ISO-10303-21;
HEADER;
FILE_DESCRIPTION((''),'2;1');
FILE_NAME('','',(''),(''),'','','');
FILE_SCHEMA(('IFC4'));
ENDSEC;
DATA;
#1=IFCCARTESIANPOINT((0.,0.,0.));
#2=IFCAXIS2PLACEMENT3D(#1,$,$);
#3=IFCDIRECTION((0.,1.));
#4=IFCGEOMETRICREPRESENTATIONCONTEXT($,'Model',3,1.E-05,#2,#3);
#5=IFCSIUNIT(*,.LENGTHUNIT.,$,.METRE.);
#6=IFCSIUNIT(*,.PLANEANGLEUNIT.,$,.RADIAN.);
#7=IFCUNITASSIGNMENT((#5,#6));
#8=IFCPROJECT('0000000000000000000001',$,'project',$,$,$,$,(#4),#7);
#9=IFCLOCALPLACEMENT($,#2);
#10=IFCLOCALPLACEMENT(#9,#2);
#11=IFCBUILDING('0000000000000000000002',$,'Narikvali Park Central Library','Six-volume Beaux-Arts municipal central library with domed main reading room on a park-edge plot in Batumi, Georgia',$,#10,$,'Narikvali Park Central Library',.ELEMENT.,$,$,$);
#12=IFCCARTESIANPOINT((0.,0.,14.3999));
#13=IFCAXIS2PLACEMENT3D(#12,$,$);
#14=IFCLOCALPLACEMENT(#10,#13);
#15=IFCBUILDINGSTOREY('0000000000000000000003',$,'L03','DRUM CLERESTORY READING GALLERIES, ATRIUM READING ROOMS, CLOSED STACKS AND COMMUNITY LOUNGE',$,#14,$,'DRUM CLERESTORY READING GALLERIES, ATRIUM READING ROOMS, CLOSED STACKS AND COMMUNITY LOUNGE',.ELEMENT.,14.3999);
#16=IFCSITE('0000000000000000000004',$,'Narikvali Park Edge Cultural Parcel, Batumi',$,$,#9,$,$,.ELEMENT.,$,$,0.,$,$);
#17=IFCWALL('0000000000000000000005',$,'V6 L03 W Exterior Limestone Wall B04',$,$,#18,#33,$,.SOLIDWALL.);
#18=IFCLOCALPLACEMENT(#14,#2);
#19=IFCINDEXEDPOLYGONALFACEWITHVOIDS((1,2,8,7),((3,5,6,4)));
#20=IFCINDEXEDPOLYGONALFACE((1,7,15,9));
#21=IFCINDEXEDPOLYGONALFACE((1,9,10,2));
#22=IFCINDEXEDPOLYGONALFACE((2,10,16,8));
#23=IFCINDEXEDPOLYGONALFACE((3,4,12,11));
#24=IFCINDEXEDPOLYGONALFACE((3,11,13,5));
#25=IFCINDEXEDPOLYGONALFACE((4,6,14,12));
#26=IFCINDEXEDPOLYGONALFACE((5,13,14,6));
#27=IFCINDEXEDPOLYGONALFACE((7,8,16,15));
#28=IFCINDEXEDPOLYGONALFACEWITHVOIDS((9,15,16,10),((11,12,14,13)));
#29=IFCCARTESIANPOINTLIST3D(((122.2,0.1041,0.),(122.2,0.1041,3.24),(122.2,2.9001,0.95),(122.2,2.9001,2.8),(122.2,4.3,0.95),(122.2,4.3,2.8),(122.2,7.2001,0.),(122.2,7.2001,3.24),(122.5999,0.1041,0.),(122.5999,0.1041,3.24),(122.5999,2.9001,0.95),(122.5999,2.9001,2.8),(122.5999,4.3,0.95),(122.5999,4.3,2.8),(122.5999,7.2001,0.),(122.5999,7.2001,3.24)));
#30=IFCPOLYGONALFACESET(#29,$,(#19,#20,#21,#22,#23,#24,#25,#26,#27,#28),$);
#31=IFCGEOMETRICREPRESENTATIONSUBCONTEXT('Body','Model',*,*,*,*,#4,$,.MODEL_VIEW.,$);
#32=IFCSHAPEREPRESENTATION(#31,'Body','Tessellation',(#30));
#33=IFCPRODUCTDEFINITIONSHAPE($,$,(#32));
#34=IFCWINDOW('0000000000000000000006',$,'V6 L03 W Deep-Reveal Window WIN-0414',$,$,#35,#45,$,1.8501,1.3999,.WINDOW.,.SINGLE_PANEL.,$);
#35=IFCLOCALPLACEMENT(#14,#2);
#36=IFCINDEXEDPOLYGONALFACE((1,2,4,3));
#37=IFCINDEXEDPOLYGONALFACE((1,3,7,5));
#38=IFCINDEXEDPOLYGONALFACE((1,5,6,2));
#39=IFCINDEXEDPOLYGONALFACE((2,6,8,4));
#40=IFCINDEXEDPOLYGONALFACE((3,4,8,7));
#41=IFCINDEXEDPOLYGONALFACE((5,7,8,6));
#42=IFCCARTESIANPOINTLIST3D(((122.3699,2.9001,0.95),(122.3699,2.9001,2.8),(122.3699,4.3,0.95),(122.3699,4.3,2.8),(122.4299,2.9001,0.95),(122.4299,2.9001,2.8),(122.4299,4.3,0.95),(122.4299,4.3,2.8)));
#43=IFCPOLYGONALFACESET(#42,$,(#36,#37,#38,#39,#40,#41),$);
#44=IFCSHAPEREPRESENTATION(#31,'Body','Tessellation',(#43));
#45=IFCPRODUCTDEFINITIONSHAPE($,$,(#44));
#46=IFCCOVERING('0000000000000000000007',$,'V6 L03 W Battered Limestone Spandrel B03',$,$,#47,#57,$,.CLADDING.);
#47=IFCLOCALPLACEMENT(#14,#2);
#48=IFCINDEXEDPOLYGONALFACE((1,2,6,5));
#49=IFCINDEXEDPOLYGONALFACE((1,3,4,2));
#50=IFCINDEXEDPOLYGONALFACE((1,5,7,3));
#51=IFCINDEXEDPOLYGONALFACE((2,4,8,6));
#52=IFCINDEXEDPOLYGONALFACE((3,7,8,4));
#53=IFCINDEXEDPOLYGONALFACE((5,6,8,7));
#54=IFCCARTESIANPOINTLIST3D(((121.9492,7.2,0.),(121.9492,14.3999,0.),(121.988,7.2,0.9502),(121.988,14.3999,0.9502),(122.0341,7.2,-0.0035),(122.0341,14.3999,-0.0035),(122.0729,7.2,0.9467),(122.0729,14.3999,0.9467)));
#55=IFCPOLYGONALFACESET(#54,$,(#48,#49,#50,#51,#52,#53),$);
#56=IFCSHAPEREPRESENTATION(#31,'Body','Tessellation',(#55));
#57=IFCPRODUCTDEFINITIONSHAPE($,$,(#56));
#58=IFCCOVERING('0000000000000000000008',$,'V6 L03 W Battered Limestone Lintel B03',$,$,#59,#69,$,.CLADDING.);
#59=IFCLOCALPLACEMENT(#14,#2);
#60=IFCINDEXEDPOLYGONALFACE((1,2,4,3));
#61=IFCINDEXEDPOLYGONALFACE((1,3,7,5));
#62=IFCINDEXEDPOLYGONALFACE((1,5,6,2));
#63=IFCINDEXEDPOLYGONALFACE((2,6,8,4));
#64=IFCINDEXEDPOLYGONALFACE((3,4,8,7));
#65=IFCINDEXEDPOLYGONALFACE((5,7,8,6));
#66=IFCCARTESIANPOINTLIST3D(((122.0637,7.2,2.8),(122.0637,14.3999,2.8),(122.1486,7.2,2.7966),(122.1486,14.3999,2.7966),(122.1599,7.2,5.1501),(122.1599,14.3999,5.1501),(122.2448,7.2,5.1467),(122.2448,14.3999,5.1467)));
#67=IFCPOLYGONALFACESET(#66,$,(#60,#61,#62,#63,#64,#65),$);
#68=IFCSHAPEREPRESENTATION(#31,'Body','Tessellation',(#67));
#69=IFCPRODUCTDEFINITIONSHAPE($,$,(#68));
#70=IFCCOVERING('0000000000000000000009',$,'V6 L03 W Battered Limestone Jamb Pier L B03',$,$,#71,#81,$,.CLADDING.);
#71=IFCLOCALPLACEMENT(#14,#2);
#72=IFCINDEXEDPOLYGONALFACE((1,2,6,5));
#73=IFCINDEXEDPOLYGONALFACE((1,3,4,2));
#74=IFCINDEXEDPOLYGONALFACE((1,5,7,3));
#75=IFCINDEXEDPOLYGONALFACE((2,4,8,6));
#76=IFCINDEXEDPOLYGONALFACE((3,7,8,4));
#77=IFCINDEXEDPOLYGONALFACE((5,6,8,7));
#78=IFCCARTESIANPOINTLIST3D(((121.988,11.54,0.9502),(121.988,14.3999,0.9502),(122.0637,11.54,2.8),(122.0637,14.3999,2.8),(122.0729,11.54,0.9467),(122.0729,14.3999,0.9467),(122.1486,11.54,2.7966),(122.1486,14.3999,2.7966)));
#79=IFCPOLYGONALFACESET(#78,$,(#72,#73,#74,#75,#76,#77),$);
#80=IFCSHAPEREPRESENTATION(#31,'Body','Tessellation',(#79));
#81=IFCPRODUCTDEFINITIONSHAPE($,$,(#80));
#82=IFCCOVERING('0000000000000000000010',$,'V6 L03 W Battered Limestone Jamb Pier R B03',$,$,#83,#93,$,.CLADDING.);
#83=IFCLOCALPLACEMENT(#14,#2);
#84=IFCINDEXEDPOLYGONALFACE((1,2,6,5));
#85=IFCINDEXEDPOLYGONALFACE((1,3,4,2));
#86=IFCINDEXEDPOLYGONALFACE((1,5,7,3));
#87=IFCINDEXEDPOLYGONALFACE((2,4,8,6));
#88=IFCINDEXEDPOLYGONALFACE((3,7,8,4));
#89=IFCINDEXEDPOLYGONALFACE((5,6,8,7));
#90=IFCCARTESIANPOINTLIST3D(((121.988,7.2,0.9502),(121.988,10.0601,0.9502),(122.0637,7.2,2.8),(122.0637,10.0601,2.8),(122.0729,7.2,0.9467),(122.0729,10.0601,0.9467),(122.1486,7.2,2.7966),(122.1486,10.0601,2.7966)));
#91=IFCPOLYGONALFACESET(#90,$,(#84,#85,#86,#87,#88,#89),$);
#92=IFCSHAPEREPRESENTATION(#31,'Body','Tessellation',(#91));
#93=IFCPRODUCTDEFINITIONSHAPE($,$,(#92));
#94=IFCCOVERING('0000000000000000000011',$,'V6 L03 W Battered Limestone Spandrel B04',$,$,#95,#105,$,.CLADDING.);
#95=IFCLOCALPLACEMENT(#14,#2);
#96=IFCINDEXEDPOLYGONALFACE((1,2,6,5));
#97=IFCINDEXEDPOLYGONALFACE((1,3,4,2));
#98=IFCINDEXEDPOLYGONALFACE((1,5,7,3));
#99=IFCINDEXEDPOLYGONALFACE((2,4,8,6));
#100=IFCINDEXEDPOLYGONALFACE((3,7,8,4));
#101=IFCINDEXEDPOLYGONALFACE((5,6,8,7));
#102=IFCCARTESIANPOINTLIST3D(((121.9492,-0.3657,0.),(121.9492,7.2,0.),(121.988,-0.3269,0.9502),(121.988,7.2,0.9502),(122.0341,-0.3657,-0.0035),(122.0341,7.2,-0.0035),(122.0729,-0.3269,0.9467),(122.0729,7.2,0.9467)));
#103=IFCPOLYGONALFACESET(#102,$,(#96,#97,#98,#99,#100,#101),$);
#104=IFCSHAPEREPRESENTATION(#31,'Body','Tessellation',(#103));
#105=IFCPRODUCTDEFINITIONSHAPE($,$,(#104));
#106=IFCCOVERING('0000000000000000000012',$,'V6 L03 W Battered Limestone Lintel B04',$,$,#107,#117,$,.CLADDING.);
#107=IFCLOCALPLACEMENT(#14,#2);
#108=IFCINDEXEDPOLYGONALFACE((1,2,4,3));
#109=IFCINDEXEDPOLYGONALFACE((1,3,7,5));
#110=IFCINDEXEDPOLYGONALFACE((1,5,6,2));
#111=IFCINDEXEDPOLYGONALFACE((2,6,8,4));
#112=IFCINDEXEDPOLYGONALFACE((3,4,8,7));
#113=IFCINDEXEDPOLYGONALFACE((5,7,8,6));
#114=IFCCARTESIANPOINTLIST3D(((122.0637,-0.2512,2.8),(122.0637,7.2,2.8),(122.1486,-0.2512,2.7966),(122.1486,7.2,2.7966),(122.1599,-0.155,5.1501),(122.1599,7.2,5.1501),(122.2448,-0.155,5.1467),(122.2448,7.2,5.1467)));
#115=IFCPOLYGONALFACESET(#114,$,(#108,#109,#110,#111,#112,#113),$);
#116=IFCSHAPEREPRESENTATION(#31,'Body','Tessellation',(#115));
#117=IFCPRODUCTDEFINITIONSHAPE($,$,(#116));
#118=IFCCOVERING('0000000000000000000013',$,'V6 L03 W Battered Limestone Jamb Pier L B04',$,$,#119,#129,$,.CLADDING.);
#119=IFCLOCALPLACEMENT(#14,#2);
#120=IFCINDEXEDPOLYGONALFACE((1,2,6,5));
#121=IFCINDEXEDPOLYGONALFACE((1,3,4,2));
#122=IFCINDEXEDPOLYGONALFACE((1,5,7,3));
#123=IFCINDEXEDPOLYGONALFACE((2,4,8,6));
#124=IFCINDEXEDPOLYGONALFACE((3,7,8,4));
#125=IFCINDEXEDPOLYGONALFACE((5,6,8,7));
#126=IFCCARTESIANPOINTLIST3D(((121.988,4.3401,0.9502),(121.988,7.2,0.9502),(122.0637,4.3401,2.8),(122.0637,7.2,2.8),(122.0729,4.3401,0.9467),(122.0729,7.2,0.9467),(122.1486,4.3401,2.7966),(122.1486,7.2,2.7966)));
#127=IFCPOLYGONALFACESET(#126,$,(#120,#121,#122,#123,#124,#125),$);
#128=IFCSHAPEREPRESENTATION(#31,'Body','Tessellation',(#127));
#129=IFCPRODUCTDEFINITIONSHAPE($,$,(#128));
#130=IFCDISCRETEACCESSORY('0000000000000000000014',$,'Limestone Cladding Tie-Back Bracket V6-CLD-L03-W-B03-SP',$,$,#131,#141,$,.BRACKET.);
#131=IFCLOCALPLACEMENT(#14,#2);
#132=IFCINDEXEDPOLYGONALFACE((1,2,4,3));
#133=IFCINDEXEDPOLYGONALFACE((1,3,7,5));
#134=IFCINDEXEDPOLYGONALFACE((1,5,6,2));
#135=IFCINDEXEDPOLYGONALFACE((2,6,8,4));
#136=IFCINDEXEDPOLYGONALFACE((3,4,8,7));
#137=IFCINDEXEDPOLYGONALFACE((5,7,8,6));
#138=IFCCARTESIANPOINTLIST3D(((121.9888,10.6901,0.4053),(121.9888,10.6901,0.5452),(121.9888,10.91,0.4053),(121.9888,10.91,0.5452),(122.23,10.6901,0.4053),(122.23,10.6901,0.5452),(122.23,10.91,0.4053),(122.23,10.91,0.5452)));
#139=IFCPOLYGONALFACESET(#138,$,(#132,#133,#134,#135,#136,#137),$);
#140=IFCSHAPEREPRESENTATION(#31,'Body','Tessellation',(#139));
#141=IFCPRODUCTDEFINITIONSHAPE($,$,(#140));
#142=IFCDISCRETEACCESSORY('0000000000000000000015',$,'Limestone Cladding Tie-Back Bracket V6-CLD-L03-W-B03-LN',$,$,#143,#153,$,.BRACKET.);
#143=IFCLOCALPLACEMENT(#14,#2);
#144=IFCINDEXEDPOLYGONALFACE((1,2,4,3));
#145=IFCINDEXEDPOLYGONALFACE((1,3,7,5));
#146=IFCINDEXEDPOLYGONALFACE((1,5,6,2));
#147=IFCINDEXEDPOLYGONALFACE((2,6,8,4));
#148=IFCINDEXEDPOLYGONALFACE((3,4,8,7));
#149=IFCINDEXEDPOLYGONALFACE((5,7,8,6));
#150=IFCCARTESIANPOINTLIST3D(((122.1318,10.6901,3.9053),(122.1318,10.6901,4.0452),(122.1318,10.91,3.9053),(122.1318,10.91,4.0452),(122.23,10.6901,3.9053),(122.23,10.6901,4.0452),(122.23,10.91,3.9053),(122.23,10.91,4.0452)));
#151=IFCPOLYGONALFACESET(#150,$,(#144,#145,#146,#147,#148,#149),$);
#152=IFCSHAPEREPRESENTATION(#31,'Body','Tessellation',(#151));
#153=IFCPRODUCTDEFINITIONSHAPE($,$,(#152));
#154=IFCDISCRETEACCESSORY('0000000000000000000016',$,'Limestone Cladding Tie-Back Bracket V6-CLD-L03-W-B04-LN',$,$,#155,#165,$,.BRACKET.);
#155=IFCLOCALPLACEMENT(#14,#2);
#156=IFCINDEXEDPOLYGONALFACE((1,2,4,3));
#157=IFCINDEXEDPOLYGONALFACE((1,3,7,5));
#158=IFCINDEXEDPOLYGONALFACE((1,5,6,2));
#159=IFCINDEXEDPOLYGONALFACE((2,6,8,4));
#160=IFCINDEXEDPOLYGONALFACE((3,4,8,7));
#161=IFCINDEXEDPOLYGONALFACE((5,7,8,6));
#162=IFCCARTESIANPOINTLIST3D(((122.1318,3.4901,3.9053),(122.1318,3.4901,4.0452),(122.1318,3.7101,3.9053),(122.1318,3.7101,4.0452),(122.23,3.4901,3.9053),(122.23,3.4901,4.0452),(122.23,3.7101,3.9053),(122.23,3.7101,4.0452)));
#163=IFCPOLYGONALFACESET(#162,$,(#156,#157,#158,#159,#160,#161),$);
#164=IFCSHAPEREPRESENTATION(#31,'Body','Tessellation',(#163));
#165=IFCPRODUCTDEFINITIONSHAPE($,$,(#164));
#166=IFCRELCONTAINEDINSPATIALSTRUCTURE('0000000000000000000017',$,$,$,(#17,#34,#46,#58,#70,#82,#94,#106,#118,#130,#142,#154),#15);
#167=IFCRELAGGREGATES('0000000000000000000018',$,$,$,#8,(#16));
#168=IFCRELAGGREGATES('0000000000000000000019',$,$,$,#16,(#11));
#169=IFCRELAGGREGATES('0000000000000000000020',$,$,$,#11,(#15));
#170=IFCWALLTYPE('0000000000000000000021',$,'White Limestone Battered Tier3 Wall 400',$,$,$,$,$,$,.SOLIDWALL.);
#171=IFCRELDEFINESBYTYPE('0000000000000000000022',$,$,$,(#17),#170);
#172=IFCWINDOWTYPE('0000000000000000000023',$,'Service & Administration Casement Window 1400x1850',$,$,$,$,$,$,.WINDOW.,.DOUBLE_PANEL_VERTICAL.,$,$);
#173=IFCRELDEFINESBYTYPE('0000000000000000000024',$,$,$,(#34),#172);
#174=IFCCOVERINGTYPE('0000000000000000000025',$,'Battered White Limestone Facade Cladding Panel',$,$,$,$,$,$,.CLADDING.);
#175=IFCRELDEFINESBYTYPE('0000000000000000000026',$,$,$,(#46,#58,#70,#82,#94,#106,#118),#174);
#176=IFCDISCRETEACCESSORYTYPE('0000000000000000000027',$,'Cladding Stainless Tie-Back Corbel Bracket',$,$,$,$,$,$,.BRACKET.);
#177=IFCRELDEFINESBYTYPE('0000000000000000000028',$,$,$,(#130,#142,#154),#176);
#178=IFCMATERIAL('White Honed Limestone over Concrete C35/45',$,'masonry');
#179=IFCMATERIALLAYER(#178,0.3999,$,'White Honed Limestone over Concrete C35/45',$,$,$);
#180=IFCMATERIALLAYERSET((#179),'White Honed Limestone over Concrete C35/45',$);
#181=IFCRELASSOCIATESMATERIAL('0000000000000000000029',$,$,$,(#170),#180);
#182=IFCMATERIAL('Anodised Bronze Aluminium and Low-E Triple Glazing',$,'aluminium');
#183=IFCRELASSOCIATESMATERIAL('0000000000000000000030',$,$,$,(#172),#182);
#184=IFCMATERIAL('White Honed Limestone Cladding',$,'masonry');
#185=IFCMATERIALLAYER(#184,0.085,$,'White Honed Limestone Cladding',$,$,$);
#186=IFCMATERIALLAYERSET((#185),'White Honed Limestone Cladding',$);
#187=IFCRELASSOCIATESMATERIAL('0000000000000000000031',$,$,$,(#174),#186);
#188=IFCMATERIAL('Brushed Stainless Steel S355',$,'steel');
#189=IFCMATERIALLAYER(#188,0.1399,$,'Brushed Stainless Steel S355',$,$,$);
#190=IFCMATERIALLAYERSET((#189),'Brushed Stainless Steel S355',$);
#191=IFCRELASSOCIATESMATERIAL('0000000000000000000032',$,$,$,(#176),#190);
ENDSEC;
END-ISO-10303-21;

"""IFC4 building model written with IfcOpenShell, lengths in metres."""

from ifc_helpers import new_model, si_unit, direction, frame, frame_2d, origin, origin_2d, place, context, subcontext, project, spatial, polyline, rectangle, outline, extrude, material, layer, layer_set, type_object, element, fill, save


model = new_model("IFC4")

# Units and contexts
model_context = context("Model", 3, precision=1e-05, world=origin(), true_north=direction((0.0, 1.0)))
body_context = subcontext(model_context, "Body", "Model", "MODEL_VIEW")
ifc_project = project(units=[si_unit("LENGTHUNIT", "METRE"), si_unit("PLANEANGLEUNIT", "RADIAN")], contexts=[model_context])

# Site, building, storey
site_placement = place(None, origin())
site = spatial("IfcSite", under=ifc_project, at=site_placement, Name="Narikvali Park Edge Cultural Parcel, Batumi", CompositionType="ELEMENT", RefElevation=0.0)
building_placement = place(site_placement, origin())
building = spatial("IfcBuilding", under=site, at=building_placement, Name="Narikvali Park Central Library", Description="Six-volume Beaux-Arts municipal central library with domed main reading room on a park-edge plot in Batumi, Georgia", LongName="Narikvali Park Central Library", CompositionType="ELEMENT")
storey_placement = place(building_placement, frame((0.0, 0.0, 14.3999)))
storey = spatial("IfcBuildingStorey", under=building, at=storey_placement, Name="L03", Description="DRUM CLERESTORY READING GALLERIES, ATRIUM READING ROOMS, CLOSED STACKS AND COMMUNITY LOUNGE", LongName="DRUM CLERESTORY READING GALLERIES, ATRIUM READING ROOMS, CLOSED STACKS AND COMMUNITY LOUNGE", CompositionType="ELEMENT", Elevation=14.3999)

# Wall, opening, window
ifc_material_1 = material(Name="White Honed Limestone over Concrete C35/45", Category="masonry")
ifc_layer_1 = layer(ifc_material_1, 0.3999, Name="White Honed Limestone over Concrete C35/45")
ifc_layer_set_1 = layer_set([ifc_layer_1], Name="White Honed Limestone over Concrete C35/45")
wall_type = type_object("IfcWallType", Name="White Limestone Battered Tier3 Wall 400", PredefinedType="SOLIDWALL", material=ifc_layer_set_1)
ifc_material_2 = material(Name="Anodised Bronze Aluminium and Low-E Triple Glazing", Category="aluminium")
window_type = type_object("IfcWindowType", Name="Service & Administration Casement Window 1400x1850", PartitioningType="DOUBLE_PANEL_VERTICAL", PredefinedType="WINDOW", material=ifc_material_2)
wall_1_placement = place(storey_placement, frame((122.3999, 7.2, 0.0), z_axis=(0.0, 0.0, 1.0), x_axis=(0.0, -1.0, 0.0)))
wall_1 = element("IfcWall", 1, at=wall_1_placement, inside=storey, type_object=wall_type, Name="V6 L03 W Exterior Limestone Wall B04", PredefinedType="SOLIDWALL", context=body_context, shape_type="SweptSolid", body=[
    extrude(rectangle(XDim=7.0959, YDim=0.3999, at=frame_2d((3.5479, 0.0))), origin(), (0.0, 0.0, 1.0), 3.24),
])
opening_1_placement = place(wall_1_placement, frame((2.8999, 0.0, 0.95)))
opening_1 = element("IfcOpeningElement", 2, at=opening_1_placement, cuts=wall_1, PredefinedType="OPENING", context=body_context, shape_type="SweptSolid", body=[
    extrude(rectangle(XDim=1.3999, YDim=1.8501, at=frame_2d((0.7, 0.925))), frame((0.0, 0.2119, 0.0), z_axis=(0.0, -1.0, 0.0), x_axis=(1.0, 0.0, 0.0)), (0.0, 0.0, 1.0), 0.4238),
])
window_1_placement = place(opening_1_placement, origin())
window_1 = element("IfcWindow", 3, at=window_1_placement, inside=storey, type_object=window_type, Name="V6 L03 W Deep-Reveal Window WIN-0414", OverallHeight=1.8501, OverallWidth=1.3999, PartitioningType="SINGLE_PANEL", PredefinedType="WINDOW", context=body_context, shape_type="SweptSolid", body=[
    extrude(rectangle(XDim=1.3999, YDim=1.8501, at=frame_2d((0.7, 0.925))), frame((0.0, 0.03, 0.0), z_axis=(0.0, -1.0, 0.0), x_axis=(1.0, 0.0, 0.0)), (0.0, 0.0, 1.0), 0.0601),
])
fill(opening_1, window_1)

# Coverings
ifc_material_3 = material(Name="White Honed Limestone Cladding", Category="masonry")
ifc_layer_2 = layer(ifc_material_3, 0.085, Name="White Honed Limestone Cladding")
ifc_layer_set_2 = layer_set([ifc_layer_2], Name="White Honed Limestone Cladding")
covering_type = type_object("IfcCoveringType", Name="Battered White Limestone Facade Cladding Panel", PredefinedType="CLADDING", material=ifc_layer_set_2)
covering_1_placement = place(storey_placement, frame((121.9492, 14.3999, 0.0), z_axis=(-0.999167, 0.0, 0.040819), x_axis=(0.0, -1.0, 0.0)))
element("IfcCovering", 4, at=covering_1_placement, inside=storey, type_object=covering_type, Name="V6 L03 W Battered Limestone Spandrel B03", PredefinedType="CLADDING", context=body_context, shape_type="SweptSolid", body=[
    extrude(outline(polyline([(0.0, 0.0), (7.2, 0.0), (7.2, 0.951), (0.0, 0.951), (0.0, 0.0)])), origin(), (0.0, 0.0, -1.0), 0.085),
])
covering_2_placement = place(storey_placement, frame((122.0637, 14.3999, 2.8), z_axis=(-0.999163, 0.0, 0.040897), x_axis=(0.0, -1.0, 0.0)))
element("IfcCovering", 5, at=covering_2_placement, inside=storey, type_object=covering_type, Name="V6 L03 W Battered Limestone Lintel B03", PredefinedType="CLADDING", context=body_context, shape_type="SweptSolid", body=[
    extrude(outline(polyline([(0.0, 0.0), (7.2, 0.0), (7.2, 2.3521), (0.0, 2.3521), (0.0, 0.0)])), origin(), (0.0, 0.0, -1.0), 0.085),
])
covering_3_placement = place(storey_placement, frame((121.988, 14.3999, 0.9502), z_axis=(-0.999164, 0.0, 0.040879), x_axis=(0.0, -1.0, 0.0)))
element("IfcCovering", 6, at=covering_3_placement, inside=storey, type_object=covering_type, Name="V6 L03 W Battered Limestone Jamb Pier L B03", PredefinedType="CLADDING", context=body_context, shape_type="SweptSolid", body=[
    extrude(outline(polyline([(0.0, 0.0), (2.8599, 0.0), (2.8599, 1.8514), (0.0, 1.8514), (0.0, 0.0)])), origin(), (0.0, 0.0, -1.0), 0.085),
])
covering_4_placement = place(storey_placement, frame((121.988, 10.0601, 0.9502), z_axis=(-0.999164, 0.0, 0.040879), x_axis=(0.0, -1.0, 0.0)))
element("IfcCovering", 7, at=covering_4_placement, inside=storey, type_object=covering_type, Name="V6 L03 W Battered Limestone Jamb Pier R B03", PredefinedType="CLADDING", context=body_context, shape_type="SweptSolid", body=[
    extrude(outline(polyline([(0.0, 0.0), (2.8601, 0.0), (2.8601, 1.8514), (0.0, 1.8514), (0.0, 0.0)])), origin(), (0.0, 0.0, -1.0), 0.085),
])
covering_5_placement = place(storey_placement, frame((121.9492, 7.2, 0.0), z_axis=(-0.999167, 0.0, 0.040819), x_axis=(0.0, -1.0, 0.0)))
element("IfcCovering", 8, at=covering_5_placement, inside=storey, type_object=covering_type, Name="V6 L03 W Battered Limestone Spandrel B04", PredefinedType="CLADDING", context=body_context, shape_type="SweptSolid", body=[
    extrude(outline(polyline([(0.0, 0.0), (7.5657, 0.0), (7.5269, 0.951), (0.0, 0.951), (0.0, 0.0)])), origin(), (0.0, 0.0, -1.0), 0.085),
])
covering_6_placement = place(storey_placement, frame((122.0637, 7.2, 2.8), z_axis=(-0.999163, 0.0, 0.040897), x_axis=(0.0, -1.0, 0.0)))
element("IfcCovering", 9, at=covering_6_placement, inside=storey, type_object=covering_type, Name="V6 L03 W Battered Limestone Lintel B04", PredefinedType="CLADDING", context=body_context, shape_type="SweptSolid", body=[
    extrude(outline(polyline([(0.0, 0.0), (7.4512, 0.0), (7.355, 2.3521), (0.0, 2.3521), (0.0, 0.0)])), origin(), (0.0, 0.0, -1.0), 0.085),
])
covering_7_placement = place(storey_placement, frame((121.988, 7.2, 0.9502), z_axis=(-0.999164, 0.0, 0.040879), x_axis=(0.0, -1.0, 0.0)))
element("IfcCovering", 10, at=covering_7_placement, inside=storey, type_object=covering_type, Name="V6 L03 W Battered Limestone Jamb Pier L B04", PredefinedType="CLADDING", context=body_context, shape_type="SweptSolid", body=[
    extrude(outline(polyline([(0.0, 0.0), (2.8599, 0.0), (2.8599, 1.8514), (0.0, 1.8514), (0.0, 0.0)])), origin(), (0.0, 0.0, -1.0), 0.085),
])

# Discrete accessories
ifc_material_4 = material(Name="Brushed Stainless Steel S355", Category="steel")
ifc_layer_3 = layer(ifc_material_4, 0.1399, Name="Brushed Stainless Steel S355")
ifc_layer_set_3 = layer_set([ifc_layer_3], Name="Brushed Stainless Steel S355")
discrete_accessory_type = type_object("IfcDiscreteAccessoryType", Name="Cladding Stainless Tie-Back Corbel Bracket", PredefinedType="BRACKET", material=ifc_layer_set_3)
discrete_accessory_placement = place(storey_placement, frame((122.1094, 10.8, 0.4053), z_axis=(0.0, 0.0, 1.0), x_axis=(1.0, 0.0, 0.0)))
element("IfcDiscreteAccessory", 11, at=discrete_accessory_placement, inside=storey, type_object=discrete_accessory_type, Name="Limestone Cladding Tie-Back Bracket V6-CLD-L03-W-B03-SP", PredefinedType="BRACKET", context=body_context, shape_type="SweptSolid", body=[
    extrude(rectangle(XDim=0.2412, YDim=0.22, at=origin_2d()), origin(), (0.0, 0.0, 1.0), 0.1399),
])
for number, where, z_axis, x_axis, name in (
    (12, (122.1809, 10.8, 3.9053), (0.0, 0.0, 1.0), (1.0, 0.0, 0.0), "Limestone Cladding Tie-Back Bracket V6-CLD-L03-W-B03-LN"),
    (13, (122.1809, 3.6001, 3.9053), (0.0, 0.0, 1.0), (1.0, 0.0, 0.0), "Limestone Cladding Tie-Back Bracket V6-CLD-L03-W-B04-LN"),
):
    element("IfcDiscreteAccessory", number, at=place(storey_placement, frame(where, z_axis=z_axis, x_axis=x_axis)), inside=storey, type_object=discrete_accessory_type, Name=name, PredefinedType="BRACKET", context=body_context, shape_type="SweptSolid", body=[
        extrude(rectangle(XDim=0.0981, YDim=0.22, at=origin_2d()), origin(), (0.0, 0.0, 1.0), 0.1399),
    ])

save(model, "model.ifc")
